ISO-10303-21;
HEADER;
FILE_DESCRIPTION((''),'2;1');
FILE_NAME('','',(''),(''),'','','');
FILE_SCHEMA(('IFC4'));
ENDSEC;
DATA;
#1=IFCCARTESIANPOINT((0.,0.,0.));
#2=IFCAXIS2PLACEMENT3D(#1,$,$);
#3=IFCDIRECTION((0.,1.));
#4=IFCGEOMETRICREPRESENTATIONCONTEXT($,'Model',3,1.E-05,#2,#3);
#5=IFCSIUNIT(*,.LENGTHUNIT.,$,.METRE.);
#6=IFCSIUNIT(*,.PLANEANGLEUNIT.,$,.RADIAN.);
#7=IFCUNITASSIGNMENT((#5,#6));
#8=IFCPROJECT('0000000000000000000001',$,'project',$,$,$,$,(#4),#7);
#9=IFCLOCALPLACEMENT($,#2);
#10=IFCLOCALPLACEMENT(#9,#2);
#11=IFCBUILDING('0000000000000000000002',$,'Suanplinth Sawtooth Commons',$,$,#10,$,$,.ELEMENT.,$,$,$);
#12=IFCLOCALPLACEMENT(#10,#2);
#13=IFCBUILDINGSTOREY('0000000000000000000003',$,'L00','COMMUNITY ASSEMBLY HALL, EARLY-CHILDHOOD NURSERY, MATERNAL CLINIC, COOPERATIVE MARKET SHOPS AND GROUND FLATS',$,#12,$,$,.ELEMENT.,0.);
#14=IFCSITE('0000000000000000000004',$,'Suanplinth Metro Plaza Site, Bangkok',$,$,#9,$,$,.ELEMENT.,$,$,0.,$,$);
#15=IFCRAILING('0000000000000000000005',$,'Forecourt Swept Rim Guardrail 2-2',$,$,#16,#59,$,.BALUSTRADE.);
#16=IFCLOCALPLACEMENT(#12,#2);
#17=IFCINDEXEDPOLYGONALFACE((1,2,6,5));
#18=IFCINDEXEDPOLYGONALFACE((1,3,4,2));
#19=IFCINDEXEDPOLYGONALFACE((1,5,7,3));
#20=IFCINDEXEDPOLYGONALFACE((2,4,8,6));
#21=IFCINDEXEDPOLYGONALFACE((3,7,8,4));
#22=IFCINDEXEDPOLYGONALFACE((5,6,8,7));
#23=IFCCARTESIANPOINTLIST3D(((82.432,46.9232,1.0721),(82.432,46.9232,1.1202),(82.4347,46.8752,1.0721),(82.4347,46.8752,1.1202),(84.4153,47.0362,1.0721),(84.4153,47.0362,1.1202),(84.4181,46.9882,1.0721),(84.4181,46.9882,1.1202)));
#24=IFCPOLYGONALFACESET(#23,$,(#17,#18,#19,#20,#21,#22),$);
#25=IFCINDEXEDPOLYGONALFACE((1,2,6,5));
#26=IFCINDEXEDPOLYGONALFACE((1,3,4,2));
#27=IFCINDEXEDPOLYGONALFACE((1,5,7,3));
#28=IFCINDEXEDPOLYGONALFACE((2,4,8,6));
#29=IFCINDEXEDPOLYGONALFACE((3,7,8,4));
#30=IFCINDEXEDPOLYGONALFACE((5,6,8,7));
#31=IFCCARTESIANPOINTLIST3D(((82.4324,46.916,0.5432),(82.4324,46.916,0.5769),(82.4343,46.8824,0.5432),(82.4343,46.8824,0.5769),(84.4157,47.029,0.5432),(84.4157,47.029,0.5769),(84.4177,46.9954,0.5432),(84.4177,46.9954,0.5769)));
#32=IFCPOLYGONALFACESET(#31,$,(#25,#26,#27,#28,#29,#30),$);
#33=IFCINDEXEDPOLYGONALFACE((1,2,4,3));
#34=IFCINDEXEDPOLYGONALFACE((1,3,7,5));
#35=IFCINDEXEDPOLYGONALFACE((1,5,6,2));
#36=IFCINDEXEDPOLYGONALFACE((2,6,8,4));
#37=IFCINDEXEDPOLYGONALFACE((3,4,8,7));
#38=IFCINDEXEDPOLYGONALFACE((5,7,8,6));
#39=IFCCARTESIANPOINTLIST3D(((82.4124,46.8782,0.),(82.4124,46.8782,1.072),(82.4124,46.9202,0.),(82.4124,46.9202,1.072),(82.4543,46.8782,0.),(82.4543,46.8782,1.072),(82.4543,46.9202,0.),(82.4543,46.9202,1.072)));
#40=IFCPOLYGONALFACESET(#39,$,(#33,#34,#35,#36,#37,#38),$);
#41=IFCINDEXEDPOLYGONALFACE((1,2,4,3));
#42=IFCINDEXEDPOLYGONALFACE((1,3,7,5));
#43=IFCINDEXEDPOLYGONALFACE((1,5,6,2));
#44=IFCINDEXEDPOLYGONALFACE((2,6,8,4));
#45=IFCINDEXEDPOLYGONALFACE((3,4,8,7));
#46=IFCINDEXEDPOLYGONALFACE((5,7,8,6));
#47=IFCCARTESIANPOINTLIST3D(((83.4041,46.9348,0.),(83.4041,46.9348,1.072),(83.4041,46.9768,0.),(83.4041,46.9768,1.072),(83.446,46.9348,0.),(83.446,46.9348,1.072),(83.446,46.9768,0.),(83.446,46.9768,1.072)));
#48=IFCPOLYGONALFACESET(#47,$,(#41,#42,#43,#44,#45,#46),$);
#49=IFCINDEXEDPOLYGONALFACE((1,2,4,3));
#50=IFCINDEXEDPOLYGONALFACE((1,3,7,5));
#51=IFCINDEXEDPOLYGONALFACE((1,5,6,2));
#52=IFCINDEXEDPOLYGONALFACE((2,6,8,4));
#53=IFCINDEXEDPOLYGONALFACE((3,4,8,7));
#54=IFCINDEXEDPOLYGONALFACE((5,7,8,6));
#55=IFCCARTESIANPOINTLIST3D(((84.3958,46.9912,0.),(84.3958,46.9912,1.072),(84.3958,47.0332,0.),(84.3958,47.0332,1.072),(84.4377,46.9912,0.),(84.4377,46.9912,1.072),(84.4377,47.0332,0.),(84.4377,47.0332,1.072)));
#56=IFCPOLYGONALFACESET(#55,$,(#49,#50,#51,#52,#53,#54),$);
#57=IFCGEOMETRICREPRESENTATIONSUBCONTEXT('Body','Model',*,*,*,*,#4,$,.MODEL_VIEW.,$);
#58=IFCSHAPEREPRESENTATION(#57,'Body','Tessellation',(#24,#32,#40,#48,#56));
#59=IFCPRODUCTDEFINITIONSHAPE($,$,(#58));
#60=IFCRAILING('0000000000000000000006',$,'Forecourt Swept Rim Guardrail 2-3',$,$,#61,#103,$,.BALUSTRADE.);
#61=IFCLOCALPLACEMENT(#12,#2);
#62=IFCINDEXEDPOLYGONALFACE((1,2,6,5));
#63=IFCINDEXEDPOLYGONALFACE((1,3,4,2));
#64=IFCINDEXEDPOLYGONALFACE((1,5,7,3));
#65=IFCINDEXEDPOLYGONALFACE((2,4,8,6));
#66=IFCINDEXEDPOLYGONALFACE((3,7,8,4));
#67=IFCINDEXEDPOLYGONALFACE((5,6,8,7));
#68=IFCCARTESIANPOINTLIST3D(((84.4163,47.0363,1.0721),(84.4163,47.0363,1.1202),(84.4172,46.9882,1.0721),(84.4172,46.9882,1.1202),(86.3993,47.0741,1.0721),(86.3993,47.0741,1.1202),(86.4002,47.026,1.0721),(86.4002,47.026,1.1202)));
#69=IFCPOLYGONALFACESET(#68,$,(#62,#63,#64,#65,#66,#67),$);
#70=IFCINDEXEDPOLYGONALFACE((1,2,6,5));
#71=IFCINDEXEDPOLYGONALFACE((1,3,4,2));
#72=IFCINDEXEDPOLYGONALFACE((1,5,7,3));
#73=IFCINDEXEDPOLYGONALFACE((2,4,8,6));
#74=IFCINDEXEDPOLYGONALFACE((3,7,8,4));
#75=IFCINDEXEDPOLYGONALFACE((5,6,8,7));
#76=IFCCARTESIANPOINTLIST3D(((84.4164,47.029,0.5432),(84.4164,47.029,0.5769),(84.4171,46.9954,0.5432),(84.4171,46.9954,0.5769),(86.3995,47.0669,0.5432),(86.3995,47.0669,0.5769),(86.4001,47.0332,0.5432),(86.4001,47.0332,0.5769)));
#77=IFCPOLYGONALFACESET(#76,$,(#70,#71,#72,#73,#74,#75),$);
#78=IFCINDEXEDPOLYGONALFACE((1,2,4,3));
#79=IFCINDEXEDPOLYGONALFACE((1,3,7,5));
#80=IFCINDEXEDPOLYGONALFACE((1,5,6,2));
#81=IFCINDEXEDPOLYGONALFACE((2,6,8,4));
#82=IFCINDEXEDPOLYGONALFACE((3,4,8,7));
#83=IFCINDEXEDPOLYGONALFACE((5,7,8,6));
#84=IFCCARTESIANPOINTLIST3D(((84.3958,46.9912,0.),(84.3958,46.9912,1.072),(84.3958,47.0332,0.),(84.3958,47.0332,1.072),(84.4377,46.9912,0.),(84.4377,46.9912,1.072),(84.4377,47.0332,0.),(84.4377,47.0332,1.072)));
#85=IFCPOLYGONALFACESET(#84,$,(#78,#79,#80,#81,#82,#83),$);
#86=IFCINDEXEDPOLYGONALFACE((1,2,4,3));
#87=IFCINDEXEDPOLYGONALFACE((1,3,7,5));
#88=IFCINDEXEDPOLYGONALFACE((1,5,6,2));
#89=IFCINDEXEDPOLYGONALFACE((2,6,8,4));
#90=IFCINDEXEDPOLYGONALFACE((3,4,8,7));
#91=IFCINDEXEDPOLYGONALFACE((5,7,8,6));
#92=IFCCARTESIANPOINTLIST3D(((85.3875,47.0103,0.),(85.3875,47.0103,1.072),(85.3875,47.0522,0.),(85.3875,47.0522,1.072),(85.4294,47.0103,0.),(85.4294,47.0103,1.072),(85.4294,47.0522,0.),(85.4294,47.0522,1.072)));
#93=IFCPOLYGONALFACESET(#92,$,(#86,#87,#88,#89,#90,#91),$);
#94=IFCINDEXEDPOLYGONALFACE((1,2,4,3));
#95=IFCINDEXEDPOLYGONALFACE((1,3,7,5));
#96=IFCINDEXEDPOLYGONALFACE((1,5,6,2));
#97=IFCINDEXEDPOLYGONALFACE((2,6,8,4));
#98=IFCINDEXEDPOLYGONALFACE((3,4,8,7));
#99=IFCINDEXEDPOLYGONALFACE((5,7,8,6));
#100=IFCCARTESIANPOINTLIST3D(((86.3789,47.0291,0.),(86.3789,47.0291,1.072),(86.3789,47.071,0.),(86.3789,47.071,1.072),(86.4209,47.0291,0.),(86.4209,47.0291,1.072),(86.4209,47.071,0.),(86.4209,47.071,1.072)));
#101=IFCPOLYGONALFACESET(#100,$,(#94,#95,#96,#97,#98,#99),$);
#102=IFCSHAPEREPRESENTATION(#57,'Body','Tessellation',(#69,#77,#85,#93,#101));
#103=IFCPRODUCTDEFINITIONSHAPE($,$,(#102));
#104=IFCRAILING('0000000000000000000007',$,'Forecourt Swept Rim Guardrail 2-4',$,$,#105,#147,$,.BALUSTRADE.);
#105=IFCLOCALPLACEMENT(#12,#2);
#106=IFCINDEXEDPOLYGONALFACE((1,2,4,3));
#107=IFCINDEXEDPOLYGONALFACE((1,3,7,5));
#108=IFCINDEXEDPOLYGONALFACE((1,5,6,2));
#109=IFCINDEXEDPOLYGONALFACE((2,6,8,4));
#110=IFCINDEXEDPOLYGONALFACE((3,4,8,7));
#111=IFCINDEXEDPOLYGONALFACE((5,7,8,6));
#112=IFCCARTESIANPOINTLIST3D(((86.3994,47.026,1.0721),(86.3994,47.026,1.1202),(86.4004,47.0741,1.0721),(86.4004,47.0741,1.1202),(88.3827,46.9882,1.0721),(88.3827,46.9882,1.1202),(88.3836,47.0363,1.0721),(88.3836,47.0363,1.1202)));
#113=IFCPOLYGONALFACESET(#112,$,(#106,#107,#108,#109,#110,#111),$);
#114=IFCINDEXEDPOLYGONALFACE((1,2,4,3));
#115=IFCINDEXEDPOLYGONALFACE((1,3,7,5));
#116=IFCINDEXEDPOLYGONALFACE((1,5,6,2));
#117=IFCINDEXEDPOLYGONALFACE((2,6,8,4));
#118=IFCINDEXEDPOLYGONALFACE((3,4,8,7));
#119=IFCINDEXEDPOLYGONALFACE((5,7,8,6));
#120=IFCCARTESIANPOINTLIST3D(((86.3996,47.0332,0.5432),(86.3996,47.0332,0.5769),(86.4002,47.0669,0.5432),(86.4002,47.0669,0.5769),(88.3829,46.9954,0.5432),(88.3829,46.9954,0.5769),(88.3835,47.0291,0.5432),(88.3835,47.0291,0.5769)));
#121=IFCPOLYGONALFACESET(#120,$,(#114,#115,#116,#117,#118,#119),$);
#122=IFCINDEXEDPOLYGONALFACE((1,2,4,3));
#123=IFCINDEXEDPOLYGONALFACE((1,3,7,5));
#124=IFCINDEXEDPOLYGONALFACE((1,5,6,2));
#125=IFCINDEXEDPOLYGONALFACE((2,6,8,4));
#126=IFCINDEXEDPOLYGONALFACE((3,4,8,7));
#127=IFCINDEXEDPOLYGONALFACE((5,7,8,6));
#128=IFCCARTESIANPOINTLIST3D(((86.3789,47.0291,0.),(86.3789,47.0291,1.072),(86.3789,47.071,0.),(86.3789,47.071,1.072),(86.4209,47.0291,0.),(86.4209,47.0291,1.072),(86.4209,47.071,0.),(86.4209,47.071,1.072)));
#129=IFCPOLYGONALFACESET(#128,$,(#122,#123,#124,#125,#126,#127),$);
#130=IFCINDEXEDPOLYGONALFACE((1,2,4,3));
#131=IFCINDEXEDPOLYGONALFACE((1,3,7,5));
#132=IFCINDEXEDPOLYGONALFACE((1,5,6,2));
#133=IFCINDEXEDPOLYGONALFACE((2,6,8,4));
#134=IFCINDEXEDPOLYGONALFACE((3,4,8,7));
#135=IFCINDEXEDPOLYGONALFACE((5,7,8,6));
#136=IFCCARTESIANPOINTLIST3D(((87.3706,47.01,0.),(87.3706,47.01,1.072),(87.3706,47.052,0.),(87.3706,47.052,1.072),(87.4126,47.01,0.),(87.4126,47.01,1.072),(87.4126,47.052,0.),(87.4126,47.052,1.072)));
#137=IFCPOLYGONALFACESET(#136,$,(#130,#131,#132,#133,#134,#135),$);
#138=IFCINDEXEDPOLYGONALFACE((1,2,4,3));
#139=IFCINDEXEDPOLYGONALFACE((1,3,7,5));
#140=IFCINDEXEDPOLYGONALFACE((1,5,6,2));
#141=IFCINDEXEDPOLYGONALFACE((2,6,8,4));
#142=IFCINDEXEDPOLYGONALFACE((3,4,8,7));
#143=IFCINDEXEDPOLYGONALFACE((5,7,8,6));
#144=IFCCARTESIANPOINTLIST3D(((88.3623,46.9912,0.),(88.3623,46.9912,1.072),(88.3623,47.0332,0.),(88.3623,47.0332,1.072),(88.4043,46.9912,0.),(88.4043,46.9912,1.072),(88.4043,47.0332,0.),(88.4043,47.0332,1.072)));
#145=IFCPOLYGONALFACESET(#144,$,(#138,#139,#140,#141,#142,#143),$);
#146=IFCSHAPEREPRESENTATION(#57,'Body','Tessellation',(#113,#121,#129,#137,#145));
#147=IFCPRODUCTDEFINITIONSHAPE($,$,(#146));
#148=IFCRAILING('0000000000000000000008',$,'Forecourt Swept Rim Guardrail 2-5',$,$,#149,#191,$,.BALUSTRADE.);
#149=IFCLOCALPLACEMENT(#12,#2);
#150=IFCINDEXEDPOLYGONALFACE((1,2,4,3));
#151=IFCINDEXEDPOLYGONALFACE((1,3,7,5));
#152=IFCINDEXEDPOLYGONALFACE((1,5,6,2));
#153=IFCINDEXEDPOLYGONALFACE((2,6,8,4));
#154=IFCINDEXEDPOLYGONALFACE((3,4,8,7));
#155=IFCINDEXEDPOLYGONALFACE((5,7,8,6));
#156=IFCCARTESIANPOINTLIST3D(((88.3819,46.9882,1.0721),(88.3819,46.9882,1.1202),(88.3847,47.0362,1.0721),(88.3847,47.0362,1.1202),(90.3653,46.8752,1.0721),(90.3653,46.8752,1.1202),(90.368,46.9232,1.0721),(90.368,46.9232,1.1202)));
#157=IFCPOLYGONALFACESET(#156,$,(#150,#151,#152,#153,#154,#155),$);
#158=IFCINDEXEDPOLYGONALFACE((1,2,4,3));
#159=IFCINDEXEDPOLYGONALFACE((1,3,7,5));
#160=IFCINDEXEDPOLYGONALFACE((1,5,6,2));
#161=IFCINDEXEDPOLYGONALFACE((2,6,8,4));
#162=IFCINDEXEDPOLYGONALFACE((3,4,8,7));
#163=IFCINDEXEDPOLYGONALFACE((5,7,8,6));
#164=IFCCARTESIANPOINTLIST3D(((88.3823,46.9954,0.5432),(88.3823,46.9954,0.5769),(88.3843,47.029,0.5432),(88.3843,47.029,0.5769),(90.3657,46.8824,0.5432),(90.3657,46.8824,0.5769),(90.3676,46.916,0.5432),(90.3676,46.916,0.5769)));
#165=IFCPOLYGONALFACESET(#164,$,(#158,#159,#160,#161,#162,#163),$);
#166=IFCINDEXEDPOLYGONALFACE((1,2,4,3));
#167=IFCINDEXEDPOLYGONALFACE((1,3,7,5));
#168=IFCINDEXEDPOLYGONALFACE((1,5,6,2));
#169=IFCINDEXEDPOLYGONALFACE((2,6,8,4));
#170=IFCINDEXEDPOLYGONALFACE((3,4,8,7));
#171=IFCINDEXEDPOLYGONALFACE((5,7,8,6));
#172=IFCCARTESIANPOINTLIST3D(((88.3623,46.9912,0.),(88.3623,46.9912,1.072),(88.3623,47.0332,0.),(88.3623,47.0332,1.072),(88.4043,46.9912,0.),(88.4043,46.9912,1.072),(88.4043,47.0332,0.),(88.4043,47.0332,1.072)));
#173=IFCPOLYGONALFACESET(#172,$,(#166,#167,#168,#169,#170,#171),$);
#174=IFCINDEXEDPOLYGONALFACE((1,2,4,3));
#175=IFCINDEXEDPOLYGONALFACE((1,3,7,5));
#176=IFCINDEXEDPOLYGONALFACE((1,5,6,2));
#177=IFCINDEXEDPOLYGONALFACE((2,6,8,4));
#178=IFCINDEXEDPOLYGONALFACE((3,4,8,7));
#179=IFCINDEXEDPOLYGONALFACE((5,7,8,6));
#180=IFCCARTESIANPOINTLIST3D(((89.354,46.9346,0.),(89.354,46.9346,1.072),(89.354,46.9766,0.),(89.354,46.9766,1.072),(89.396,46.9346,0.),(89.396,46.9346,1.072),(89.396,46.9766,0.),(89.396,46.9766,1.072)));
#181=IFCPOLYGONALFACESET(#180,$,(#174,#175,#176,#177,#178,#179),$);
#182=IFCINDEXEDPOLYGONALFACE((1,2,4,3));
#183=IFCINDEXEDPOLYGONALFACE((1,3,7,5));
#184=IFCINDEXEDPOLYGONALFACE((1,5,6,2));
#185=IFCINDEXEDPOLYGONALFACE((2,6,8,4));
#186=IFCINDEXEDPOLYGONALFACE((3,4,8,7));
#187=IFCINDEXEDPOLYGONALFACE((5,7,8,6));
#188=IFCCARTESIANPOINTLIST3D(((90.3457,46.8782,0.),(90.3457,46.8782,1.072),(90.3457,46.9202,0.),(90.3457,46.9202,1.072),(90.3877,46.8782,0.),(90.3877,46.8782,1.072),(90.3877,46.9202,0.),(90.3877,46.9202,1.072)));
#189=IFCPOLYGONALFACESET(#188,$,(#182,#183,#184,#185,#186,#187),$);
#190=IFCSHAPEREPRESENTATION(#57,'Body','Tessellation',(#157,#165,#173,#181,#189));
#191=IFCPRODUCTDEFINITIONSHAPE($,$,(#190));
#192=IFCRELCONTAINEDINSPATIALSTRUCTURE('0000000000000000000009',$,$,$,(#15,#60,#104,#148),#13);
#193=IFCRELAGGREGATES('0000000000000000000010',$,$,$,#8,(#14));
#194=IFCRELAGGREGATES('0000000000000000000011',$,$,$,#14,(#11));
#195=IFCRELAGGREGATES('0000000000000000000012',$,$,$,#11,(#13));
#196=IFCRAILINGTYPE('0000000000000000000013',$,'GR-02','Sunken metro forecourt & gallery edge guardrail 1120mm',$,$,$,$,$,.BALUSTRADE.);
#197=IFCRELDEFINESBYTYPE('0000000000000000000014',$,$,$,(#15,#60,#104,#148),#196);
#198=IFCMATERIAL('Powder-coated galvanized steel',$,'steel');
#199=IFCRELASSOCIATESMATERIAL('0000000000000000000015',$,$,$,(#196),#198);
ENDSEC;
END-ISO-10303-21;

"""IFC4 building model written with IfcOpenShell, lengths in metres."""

from ifc_helpers import new_model, si_unit, direction, frame, origin, origin_2d, place, context, subcontext, project, spatial, rectangle, extrude, material, type_object, element, save


model = new_model("IFC4")

# Units and contexts
model_context = context("Model", 3, precision=1e-05, world=origin(), true_north=direction((0.0, 1.0)))
body_context = subcontext(model_context, "Body", "Model", "MODEL_VIEW")
ifc_project = project(units=[si_unit("LENGTHUNIT", "METRE"), si_unit("PLANEANGLEUNIT", "RADIAN")], contexts=[model_context])

# Site, building, storey
site_placement = place(None, origin())
site = spatial("IfcSite", under=ifc_project, at=site_placement, Name="Suanplinth Metro Plaza Site, Bangkok", CompositionType="ELEMENT", RefElevation=0.0)
building_placement = place(site_placement, origin())
building = spatial("IfcBuilding", under=site, at=building_placement, Name="Suanplinth Sawtooth Commons", CompositionType="ELEMENT")
storey_placement = place(building_placement, origin())
storey = spatial("IfcBuildingStorey", under=building, at=storey_placement, Name="L00", Description="COMMUNITY ASSEMBLY HALL, EARLY-CHILDHOOD NURSERY, MATERNAL CLINIC, COOPERATIVE MARKET SHOPS AND GROUND FLATS", CompositionType="ELEMENT", Elevation=0.0)

# Railings
ifc_material_1 = material(Name="Powder-coated galvanized steel", Category="steel")
railing_type = type_object("IfcRailingType", Name="GR-02", Description="Sunken metro forecourt & gallery edge guardrail 1120mm", PredefinedType="BALUSTRADE", material=ifc_material_1)
railing_1_placement = place(storey_placement, frame((82.4333, 46.8992, 0.0)))
element("IfcRailing", 1, at=railing_1_placement, inside=storey, type_object=railing_type, Name="Forecourt Swept Rim Guardrail 2-2", PredefinedType="BALUSTRADE", context=body_context, shape_type="SweptSolid", body=[
    extrude(rectangle(XDim=0.0481, YDim=0.0481, at=origin_2d()), frame((0.0, 0.0, 1.0962), z_axis=(0.99838, 0.056899, 0.0), x_axis=(-0.056899, 0.99838, 0.0)), (0.0, 0.0, 1.0), 1.9866),
    extrude(rectangle(XDim=0.0337, YDim=0.0337, at=origin_2d()), frame((0.0, 0.0, 0.5601), z_axis=(0.99838, 0.056899, 0.0), x_axis=(-0.056899, 0.99838, 0.0)), (0.0, 0.0, 1.0), 1.9866),
    extrude(rectangle(XDim=0.042, YDim=0.042, at=origin_2d()), origin(), (0.0, 0.0, 1.0), 1.072),
    extrude(rectangle(XDim=0.042, YDim=0.042, at=origin_2d()), frame((0.9917, 0.0566, 0.0)), (0.0, 0.0, 1.0), 1.072),
    extrude(rectangle(XDim=0.042, YDim=0.042, at=origin_2d()), frame((1.9834, 0.113, 0.0)), (0.0, 0.0, 1.0), 1.072),
])
railing_2_placement = place(storey_placement, frame((84.4167, 47.0122, 0.0)))
element("IfcRailing", 2, at=railing_2_placement, inside=storey, type_object=railing_type, Name="Forecourt Swept Rim Guardrail 2-3", PredefinedType="BALUSTRADE", context=body_context, shape_type="SweptSolid", body=[
    extrude(rectangle(XDim=0.0481, YDim=0.0481, at=origin_2d()), frame((0.0, 0.0, 1.0962), z_axis=(0.999818, 0.019078, 0.0), x_axis=(-0.019078, 0.999818, 0.0)), (0.0, 0.0, 1.0), 1.9834),
    extrude(rectangle(XDim=0.0337, YDim=0.0337, at=origin_2d()), frame((0.0, 0.0, 0.5601), z_axis=(0.999818, 0.019078, 0.0), x_axis=(-0.019078, 0.999818, 0.0)), (0.0, 0.0, 1.0), 1.9834),
    extrude(rectangle(XDim=0.042, YDim=0.042, at=origin_2d()), origin(), (0.0, 0.0, 1.0), 1.072),
    extrude(rectangle(XDim=0.042, YDim=0.042, at=origin_2d()), frame((0.9917, 0.019, 0.0)), (0.0, 0.0, 1.0), 1.072),
    extrude(rectangle(XDim=0.042, YDim=0.042, at=origin_2d()), frame((1.9832, 0.0378, 0.0)), (0.0, 0.0, 1.0), 1.072),
])
railing_3_placement = place(storey_placement, frame((86.3999, 47.05, 0.0)))
element("IfcRailing", 3, at=railing_3_placement, inside=storey, type_object=railing_type, Name="Forecourt Swept Rim Guardrail 2-4", PredefinedType="BALUSTRADE", context=body_context, shape_type="SweptSolid", body=[
    extrude(rectangle(XDim=0.0481, YDim=0.0481, at=origin_2d()), frame((0.0, 0.0, 1.0962), z_axis=(0.999818, -0.019076, 0.0), x_axis=(0.019076, 0.999818, 0.0)), (0.0, 0.0, 1.0), 1.9836),
    extrude(rectangle(XDim=0.0337, YDim=0.0337, at=origin_2d()), frame((0.0, 0.0, 0.5601), z_axis=(0.999818, -0.019076, 0.0), x_axis=(0.019076, 0.999818, 0.0)), (0.0, 0.0, 1.0), 1.9836),
    extrude(rectangle(XDim=0.042, YDim=0.042, at=origin_2d()), origin(), (0.0, 0.0, 1.0), 1.072),
    extrude(rectangle(XDim=0.042, YDim=0.042, at=origin_2d()), frame((0.9917, -0.019, 0.0)), (0.0, 0.0, 1.0), 1.072),
    extrude(rectangle(XDim=0.042, YDim=0.042, at=origin_2d()), frame((1.9834, -0.0378, 0.0)), (0.0, 0.0, 1.0), 1.072),
])
railing_4_placement = place(storey_placement, frame((88.3833, 47.0122, 0.0)))
element("IfcRailing", 4, at=railing_4_placement, inside=storey, type_object=railing_type, Name="Forecourt Swept Rim Guardrail 2-5", PredefinedType="BALUSTRADE", context=body_context, shape_type="SweptSolid", body=[
    extrude(rectangle(XDim=0.0481, YDim=0.0481, at=origin_2d()), frame((0.0, 0.0, 1.0962), z_axis=(0.99838, -0.056899, 0.0), x_axis=(0.056899, 0.99838, 0.0)), (0.0, 0.0, 1.0), 1.9866),
    extrude(rectangle(XDim=0.0337, YDim=0.0337, at=origin_2d()), frame((0.0, 0.0, 0.5601), z_axis=(0.99838, -0.056899, 0.0), x_axis=(0.056899, 0.99838, 0.0)), (0.0, 0.0, 1.0), 1.9866),
    extrude(rectangle(XDim=0.042, YDim=0.042, at=origin_2d()), origin(), (0.0, 0.0, 1.0), 1.072),
    extrude(rectangle(XDim=0.042, YDim=0.042, at=origin_2d()), frame((0.9917, -0.0566, 0.0)), (0.0, 0.0, 1.0), 1.072),
    extrude(rectangle(XDim=0.042, YDim=0.042, at=origin_2d()), frame((1.9834, -0.113, 0.0)), (0.0, 0.0, 1.0), 1.072),
])

save(model, "model.ifc")
